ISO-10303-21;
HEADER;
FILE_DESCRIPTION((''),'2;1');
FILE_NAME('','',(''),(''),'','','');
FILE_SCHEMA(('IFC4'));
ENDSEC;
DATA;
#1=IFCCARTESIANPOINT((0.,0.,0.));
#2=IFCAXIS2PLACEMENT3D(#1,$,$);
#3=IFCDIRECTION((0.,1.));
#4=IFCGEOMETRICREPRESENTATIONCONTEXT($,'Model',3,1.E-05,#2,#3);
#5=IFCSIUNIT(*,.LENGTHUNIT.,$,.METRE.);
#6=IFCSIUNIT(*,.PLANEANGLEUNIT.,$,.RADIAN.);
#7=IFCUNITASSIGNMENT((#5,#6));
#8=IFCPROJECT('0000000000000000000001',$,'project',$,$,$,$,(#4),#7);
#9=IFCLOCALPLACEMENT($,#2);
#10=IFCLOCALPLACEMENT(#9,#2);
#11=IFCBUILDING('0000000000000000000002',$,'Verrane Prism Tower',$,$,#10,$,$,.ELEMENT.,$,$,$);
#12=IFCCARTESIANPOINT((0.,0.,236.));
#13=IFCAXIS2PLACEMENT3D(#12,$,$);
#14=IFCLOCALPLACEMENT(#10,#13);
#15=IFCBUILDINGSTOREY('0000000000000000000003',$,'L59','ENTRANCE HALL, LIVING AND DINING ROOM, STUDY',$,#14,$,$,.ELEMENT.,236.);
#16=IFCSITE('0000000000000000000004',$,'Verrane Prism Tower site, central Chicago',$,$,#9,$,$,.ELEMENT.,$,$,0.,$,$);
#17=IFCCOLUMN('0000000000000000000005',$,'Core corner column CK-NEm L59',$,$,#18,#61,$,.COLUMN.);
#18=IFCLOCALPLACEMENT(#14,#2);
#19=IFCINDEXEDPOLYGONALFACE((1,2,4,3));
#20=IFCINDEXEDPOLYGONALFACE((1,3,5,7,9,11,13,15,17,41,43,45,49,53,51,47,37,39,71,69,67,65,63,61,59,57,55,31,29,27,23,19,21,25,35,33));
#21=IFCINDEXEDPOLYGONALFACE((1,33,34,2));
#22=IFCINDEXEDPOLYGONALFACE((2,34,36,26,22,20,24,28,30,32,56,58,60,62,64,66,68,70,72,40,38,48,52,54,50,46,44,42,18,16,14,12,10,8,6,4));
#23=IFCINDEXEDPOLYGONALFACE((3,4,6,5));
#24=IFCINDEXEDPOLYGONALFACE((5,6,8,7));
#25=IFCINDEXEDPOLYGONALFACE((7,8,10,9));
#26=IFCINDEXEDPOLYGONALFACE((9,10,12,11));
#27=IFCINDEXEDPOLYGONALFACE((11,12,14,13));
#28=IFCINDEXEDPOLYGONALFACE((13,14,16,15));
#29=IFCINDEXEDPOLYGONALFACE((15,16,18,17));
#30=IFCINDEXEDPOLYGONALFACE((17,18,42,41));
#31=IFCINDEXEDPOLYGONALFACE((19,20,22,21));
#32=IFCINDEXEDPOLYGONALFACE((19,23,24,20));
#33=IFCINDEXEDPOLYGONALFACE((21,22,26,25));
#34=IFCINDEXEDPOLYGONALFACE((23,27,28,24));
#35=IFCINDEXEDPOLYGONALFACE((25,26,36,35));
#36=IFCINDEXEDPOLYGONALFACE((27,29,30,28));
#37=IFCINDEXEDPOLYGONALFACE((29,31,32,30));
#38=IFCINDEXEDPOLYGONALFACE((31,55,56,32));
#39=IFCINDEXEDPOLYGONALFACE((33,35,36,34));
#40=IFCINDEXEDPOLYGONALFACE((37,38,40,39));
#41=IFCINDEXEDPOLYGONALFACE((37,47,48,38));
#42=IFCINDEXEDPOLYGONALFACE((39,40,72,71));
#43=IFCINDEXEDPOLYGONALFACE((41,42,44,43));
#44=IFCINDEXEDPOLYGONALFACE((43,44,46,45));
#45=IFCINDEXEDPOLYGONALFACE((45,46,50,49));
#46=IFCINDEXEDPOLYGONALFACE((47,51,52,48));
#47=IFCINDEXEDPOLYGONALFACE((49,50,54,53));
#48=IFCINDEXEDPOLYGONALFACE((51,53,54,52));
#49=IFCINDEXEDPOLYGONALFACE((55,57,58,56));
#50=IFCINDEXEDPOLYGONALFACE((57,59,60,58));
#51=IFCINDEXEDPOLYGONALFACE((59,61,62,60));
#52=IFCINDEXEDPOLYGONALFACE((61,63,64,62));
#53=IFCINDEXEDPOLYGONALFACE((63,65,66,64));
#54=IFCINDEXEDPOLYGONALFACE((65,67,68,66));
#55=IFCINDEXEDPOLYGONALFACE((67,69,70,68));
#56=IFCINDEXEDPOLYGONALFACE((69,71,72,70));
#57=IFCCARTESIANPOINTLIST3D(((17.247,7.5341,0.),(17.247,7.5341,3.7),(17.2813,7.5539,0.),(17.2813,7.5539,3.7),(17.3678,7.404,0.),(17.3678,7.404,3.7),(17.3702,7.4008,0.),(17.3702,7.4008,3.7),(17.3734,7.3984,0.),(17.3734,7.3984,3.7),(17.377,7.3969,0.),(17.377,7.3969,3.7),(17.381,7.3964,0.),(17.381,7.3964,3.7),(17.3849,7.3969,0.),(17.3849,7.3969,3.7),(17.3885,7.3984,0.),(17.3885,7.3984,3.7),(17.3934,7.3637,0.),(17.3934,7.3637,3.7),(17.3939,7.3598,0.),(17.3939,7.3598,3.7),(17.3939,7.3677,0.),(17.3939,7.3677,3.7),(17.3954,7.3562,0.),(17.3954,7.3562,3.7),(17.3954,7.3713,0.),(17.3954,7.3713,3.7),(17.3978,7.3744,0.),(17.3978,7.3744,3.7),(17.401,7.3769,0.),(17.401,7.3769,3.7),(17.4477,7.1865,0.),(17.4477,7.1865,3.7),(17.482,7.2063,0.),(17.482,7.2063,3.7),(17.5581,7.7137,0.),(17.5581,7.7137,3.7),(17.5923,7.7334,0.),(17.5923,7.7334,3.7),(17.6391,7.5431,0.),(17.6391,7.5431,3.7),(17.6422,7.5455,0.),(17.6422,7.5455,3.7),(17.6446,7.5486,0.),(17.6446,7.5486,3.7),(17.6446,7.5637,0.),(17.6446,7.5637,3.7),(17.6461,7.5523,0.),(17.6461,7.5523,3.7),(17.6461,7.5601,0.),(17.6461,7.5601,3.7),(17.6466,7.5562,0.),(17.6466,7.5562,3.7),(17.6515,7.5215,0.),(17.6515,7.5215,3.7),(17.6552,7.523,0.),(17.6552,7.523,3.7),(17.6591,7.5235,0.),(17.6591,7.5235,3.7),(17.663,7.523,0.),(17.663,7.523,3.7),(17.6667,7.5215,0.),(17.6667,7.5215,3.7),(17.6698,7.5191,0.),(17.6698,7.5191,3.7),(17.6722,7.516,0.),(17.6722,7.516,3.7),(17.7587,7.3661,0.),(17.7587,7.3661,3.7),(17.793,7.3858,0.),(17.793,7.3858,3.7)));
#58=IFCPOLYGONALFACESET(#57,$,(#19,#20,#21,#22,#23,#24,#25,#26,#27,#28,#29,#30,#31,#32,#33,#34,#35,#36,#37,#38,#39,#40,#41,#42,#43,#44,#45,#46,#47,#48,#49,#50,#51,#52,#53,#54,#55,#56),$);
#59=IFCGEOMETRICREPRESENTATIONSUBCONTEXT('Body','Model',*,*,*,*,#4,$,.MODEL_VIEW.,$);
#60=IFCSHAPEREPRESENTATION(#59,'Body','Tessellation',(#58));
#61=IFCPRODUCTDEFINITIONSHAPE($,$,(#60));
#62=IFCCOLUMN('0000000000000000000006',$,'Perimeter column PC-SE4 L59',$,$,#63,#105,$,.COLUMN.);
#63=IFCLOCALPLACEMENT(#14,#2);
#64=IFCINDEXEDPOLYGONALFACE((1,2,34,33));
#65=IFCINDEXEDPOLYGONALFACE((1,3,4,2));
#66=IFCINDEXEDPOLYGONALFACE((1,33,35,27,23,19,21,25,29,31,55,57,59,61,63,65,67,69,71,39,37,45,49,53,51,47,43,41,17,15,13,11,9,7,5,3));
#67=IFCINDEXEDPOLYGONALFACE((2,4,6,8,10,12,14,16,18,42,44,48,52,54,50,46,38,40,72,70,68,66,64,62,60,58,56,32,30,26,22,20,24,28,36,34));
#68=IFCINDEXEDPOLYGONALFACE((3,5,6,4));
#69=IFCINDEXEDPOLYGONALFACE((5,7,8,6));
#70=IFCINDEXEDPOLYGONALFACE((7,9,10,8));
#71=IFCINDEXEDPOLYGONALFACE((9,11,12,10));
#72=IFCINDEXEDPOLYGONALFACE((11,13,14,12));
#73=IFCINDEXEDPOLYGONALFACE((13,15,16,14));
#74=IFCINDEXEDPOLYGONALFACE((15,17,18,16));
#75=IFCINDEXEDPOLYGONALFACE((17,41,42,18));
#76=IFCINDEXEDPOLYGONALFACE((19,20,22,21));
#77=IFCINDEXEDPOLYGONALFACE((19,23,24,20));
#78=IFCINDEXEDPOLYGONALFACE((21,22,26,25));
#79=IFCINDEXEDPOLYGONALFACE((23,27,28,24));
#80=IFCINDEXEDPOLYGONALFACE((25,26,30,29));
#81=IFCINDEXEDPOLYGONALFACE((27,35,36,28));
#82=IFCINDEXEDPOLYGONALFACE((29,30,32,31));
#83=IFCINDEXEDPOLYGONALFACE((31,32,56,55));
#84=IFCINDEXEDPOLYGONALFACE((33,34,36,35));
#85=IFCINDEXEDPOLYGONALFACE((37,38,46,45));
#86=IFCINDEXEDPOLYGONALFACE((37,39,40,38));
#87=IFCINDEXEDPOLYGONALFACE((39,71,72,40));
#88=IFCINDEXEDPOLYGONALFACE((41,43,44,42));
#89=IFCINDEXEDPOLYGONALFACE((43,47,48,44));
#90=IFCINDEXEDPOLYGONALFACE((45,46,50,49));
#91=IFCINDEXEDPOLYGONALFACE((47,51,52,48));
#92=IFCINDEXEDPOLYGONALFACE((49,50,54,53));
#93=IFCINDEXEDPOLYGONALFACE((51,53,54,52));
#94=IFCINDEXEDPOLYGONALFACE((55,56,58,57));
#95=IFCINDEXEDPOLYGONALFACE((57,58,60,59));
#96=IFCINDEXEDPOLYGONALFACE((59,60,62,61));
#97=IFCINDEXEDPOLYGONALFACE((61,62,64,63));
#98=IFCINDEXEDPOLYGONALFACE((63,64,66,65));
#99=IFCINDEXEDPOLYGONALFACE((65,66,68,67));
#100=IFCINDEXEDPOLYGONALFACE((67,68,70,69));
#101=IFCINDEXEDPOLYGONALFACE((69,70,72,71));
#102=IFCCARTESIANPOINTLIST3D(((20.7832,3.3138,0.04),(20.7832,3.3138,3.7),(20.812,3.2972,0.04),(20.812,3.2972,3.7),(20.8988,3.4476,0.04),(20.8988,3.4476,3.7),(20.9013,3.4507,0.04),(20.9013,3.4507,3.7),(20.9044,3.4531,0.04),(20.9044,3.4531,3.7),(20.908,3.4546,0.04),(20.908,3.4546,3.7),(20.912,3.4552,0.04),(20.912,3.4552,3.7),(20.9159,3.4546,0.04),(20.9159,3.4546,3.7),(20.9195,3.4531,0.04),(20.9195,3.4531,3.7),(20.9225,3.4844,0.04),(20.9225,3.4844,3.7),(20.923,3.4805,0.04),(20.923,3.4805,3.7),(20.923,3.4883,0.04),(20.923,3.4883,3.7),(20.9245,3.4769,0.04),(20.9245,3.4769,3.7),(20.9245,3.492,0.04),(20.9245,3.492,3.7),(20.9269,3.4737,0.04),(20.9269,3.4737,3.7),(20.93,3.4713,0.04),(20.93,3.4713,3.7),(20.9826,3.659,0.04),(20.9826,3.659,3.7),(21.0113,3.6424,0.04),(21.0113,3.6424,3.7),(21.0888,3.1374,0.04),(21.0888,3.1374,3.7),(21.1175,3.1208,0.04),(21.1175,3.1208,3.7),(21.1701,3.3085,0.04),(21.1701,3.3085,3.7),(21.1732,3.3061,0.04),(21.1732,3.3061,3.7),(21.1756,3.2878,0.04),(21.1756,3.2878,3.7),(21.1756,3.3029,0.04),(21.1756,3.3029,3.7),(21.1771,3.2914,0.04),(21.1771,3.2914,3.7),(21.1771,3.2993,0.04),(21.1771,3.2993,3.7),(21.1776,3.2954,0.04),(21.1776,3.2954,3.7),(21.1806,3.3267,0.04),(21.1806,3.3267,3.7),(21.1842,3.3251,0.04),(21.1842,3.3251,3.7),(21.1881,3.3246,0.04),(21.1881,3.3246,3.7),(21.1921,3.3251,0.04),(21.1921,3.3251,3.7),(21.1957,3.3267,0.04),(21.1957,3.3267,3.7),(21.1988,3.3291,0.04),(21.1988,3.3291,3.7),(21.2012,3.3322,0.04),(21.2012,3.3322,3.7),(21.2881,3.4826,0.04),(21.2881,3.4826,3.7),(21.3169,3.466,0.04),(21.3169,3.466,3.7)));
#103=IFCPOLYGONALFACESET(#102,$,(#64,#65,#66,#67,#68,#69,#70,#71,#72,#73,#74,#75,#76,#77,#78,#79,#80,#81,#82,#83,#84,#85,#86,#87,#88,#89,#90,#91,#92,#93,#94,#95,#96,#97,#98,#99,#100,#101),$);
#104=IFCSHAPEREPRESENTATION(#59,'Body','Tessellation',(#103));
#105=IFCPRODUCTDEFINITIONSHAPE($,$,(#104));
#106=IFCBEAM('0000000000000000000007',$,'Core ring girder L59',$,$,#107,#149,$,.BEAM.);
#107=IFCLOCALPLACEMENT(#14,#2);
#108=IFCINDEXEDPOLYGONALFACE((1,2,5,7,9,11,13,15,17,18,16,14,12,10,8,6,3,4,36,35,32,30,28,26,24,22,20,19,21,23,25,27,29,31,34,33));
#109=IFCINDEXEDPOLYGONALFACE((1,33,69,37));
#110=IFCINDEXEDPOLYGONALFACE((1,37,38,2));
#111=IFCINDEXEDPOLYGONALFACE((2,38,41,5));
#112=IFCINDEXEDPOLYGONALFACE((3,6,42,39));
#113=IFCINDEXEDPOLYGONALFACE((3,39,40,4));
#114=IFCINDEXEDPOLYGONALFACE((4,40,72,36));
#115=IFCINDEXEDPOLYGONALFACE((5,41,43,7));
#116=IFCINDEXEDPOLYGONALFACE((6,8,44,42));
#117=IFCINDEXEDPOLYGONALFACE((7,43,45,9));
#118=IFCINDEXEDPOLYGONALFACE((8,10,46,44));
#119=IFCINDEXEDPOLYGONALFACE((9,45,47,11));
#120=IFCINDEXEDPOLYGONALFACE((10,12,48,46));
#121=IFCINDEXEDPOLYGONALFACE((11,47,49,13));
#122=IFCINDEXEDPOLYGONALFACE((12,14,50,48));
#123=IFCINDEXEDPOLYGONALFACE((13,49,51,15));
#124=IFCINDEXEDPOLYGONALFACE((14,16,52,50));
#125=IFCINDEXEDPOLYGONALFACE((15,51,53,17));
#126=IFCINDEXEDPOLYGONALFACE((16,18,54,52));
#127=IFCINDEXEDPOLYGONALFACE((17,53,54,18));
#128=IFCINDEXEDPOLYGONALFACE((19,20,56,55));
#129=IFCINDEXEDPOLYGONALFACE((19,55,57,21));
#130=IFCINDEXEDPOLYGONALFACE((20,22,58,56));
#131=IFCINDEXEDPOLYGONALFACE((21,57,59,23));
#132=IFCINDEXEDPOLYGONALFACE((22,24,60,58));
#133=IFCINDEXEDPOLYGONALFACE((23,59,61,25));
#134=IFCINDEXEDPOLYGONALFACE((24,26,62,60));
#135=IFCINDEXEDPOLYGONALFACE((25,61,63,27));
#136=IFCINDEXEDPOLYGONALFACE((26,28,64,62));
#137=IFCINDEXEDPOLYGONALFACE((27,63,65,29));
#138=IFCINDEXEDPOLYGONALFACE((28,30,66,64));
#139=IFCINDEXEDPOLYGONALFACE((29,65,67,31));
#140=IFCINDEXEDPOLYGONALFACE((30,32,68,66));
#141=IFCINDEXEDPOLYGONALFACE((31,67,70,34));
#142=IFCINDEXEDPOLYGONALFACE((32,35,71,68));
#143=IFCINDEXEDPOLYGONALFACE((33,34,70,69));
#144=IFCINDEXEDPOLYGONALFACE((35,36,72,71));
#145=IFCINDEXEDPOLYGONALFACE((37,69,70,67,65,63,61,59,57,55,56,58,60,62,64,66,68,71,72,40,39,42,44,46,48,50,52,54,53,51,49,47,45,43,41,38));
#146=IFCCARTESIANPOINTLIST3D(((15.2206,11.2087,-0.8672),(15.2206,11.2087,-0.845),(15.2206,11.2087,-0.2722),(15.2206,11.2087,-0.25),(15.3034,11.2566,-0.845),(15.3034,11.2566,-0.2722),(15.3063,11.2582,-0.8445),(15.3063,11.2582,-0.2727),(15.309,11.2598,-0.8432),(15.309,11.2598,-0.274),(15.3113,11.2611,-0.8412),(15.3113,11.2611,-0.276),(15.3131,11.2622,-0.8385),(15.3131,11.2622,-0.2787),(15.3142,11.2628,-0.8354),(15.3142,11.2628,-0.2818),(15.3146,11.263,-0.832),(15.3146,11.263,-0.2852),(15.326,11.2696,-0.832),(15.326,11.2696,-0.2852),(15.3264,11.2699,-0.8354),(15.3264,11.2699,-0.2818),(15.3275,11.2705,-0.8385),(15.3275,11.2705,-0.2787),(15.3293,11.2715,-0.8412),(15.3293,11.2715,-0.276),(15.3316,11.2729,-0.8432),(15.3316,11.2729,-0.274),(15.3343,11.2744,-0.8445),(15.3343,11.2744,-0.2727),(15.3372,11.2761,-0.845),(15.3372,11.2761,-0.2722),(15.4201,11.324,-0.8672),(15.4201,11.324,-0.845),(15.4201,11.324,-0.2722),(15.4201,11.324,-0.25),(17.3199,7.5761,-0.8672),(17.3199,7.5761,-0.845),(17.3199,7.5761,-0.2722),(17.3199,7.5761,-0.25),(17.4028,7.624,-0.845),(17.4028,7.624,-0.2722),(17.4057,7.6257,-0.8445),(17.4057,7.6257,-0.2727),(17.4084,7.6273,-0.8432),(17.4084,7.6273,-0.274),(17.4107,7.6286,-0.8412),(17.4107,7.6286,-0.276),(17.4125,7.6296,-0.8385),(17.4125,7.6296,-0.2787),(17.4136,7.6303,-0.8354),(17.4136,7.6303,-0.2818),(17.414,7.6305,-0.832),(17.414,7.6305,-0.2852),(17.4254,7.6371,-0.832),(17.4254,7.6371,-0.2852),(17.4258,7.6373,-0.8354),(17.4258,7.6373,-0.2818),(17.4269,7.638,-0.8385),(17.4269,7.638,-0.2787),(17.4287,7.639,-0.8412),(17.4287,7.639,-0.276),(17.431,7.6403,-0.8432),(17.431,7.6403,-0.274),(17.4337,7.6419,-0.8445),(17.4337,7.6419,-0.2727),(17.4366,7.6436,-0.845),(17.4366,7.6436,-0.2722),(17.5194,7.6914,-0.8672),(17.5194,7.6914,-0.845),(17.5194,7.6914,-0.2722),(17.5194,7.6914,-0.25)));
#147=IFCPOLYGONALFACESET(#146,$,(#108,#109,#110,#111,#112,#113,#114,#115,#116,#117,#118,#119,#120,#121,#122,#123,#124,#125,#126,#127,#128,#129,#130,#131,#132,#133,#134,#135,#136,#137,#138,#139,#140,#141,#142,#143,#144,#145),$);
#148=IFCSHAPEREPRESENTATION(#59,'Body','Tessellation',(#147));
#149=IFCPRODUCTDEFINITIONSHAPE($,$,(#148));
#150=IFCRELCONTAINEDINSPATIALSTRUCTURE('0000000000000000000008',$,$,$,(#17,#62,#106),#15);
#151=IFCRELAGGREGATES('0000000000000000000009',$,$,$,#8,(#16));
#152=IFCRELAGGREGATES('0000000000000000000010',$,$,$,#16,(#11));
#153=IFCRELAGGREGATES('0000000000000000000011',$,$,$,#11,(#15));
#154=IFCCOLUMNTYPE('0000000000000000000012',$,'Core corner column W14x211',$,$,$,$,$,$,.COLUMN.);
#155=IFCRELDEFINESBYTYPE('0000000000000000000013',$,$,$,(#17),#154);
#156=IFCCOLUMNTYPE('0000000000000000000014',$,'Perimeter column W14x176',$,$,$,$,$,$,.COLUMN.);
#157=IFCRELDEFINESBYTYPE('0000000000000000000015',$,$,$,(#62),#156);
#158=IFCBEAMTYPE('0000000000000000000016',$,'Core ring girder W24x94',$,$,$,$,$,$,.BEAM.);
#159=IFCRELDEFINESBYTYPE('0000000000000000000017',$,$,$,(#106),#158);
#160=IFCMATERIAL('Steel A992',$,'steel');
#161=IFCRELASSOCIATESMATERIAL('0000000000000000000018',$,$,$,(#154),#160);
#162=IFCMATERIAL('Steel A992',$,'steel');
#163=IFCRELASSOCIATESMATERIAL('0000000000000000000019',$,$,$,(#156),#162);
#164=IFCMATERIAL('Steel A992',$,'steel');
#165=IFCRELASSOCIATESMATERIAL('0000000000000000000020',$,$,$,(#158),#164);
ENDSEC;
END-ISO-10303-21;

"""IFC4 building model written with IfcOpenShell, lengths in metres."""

from ifc_helpers import new_model, si_unit, direction, frame, origin, origin_2d, place, context, subcontext, project, spatial, i_section, extrude, material, material_profile, profile_set, type_object, element, save


model = new_model("IFC4")

# Units and contexts
model_context = context("Model", 3, precision=1e-05, world=origin(), true_north=direction((0.0, 1.0)))
body_context = subcontext(model_context, "Body", "Model", "MODEL_VIEW")
ifc_project = project(units=[si_unit("LENGTHUNIT", "METRE"), si_unit("PLANEANGLEUNIT", "RADIAN")], contexts=[model_context])

# Site, building, storey
site_placement = place(None, origin())
site = spatial("IfcSite", under=ifc_project, at=site_placement, Name="Verrane Prism Tower site, central Chicago", CompositionType="ELEMENT", RefElevation=0.0)
building_placement = place(site_placement, origin())
building = spatial("IfcBuilding", under=site, at=building_placement, Name="Verrane Prism Tower", CompositionType="ELEMENT")
storey_placement = place(building_placement, frame((0.0, 0.0, 236.0)))
storey = spatial("IfcBuildingStorey", under=building, at=storey_placement, Name="L59", Description="ENTRANCE HALL, LIVING AND DINING ROOM, STUDY", CompositionType="ELEMENT", Elevation=236.0)

# Columns
ifc_material_1 = material(Name="Steel A992", Category="steel")
ifc_material_profile_1 = material_profile(ifc_material_1, i_section(OverallWidth=0.4014, OverallDepth=0.3987, WebThickness=0.0249, FlangeThickness=0.0396, FilletRadius=0.0151, at=origin_2d()), Name="W14x211")
ifc_profile_set_1 = profile_set([ifc_material_profile_1], Name="Steel A992")
column_type_1 = type_object("IfcColumnType", Name="Core corner column W14x211", PredefinedType="COLUMN", material=ifc_profile_set_1)
column_1_placement = place(storey_placement, frame((17.52, 7.46, 0.0), z_axis=(0.0, 0.0, 1.0), x_axis=(0.5, -0.866025, 0.0)))
element("IfcColumn", 1, at=column_1_placement, inside=storey, type_object=column_type_1, Name="Core corner column CK-NEm L59", PredefinedType="COLUMN", context=body_context, shape_type="SweptSolid", body=[
    extrude(i_section(OverallWidth=0.4014, OverallDepth=0.3987, WebThickness=0.0249, FlangeThickness=0.0396, FilletRadius=0.0151, at=origin_2d()), origin(), (0.0, 0.0, 1.0), 3.7),
])
ifc_material_2 = material(Name="Steel A992", Category="steel")
ifc_material_profile_2 = material_profile(ifc_material_2, i_section(OverallWidth=0.3987, OverallDepth=0.386, WebThickness=0.021, FlangeThickness=0.0332, FilletRadius=0.0151, at=origin_2d()), Name="W14x176")
ifc_profile_set_2 = profile_set([ifc_material_profile_2], Name="Steel A992")
column_type_2 = type_object("IfcColumnType", Name="Perimeter column W14x176", PredefinedType="COLUMN", material=ifc_profile_set_2)
column_2_placement = place(storey_placement, frame((21.05, 3.3899, 0.04), z_axis=(0.0, 0.0, 1.0), x_axis=(-0.5, -0.866025, 0.0)))
element("IfcColumn", 2, at=column_2_placement, inside=storey, type_object=column_type_2, Name="Perimeter column PC-SE4 L59", PredefinedType="COLUMN", context=body_context, shape_type="SweptSolid", body=[
    extrude(i_section(OverallWidth=0.3987, OverallDepth=0.386, WebThickness=0.021, FlangeThickness=0.0332, FilletRadius=0.0151, at=origin_2d()), origin(), (0.0, 0.0, 1.0), 3.6599),
])

# Beam
ifc_material_3 = material(Name="Steel A992", Category="steel")
ifc_material_profile_3 = material_profile(ifc_material_3, i_section(OverallWidth=0.2305, OverallDepth=0.6172, WebThickness=0.0132, FlangeThickness=0.0222, FilletRadius=0.0129, at=origin_2d()), Name="W24x94")
ifc_profile_set_3 = profile_set([ifc_material_profile_3], Name="Steel A992")
beam_type_1 = type_object("IfcBeamType", Name="Core ring girder W24x94", PredefinedType="BEAM", material=ifc_profile_set_3)
beam_1_placement = place(storey_placement, frame((17.4197, 7.6338, -0.5586), z_axis=(-0.500376, 0.865808, 0.0), x_axis=(-0.865808, -0.500376, 0.0)))
element("IfcBeam", 3, at=beam_1_placement, inside=storey, type_object=beam_type_1, Name="Core ring girder L59", PredefinedType="BEAM", context=body_context, shape_type="SweptSolid", body=[
    extrude(i_section(OverallWidth=0.2305, OverallDepth=0.6172, WebThickness=0.0132, FlangeThickness=0.0222, FilletRadius=0.0129, at=origin_2d()), origin(), (0.0, 0.0, 1.0), 4.1956),
])

save(model, "model.ifc")
